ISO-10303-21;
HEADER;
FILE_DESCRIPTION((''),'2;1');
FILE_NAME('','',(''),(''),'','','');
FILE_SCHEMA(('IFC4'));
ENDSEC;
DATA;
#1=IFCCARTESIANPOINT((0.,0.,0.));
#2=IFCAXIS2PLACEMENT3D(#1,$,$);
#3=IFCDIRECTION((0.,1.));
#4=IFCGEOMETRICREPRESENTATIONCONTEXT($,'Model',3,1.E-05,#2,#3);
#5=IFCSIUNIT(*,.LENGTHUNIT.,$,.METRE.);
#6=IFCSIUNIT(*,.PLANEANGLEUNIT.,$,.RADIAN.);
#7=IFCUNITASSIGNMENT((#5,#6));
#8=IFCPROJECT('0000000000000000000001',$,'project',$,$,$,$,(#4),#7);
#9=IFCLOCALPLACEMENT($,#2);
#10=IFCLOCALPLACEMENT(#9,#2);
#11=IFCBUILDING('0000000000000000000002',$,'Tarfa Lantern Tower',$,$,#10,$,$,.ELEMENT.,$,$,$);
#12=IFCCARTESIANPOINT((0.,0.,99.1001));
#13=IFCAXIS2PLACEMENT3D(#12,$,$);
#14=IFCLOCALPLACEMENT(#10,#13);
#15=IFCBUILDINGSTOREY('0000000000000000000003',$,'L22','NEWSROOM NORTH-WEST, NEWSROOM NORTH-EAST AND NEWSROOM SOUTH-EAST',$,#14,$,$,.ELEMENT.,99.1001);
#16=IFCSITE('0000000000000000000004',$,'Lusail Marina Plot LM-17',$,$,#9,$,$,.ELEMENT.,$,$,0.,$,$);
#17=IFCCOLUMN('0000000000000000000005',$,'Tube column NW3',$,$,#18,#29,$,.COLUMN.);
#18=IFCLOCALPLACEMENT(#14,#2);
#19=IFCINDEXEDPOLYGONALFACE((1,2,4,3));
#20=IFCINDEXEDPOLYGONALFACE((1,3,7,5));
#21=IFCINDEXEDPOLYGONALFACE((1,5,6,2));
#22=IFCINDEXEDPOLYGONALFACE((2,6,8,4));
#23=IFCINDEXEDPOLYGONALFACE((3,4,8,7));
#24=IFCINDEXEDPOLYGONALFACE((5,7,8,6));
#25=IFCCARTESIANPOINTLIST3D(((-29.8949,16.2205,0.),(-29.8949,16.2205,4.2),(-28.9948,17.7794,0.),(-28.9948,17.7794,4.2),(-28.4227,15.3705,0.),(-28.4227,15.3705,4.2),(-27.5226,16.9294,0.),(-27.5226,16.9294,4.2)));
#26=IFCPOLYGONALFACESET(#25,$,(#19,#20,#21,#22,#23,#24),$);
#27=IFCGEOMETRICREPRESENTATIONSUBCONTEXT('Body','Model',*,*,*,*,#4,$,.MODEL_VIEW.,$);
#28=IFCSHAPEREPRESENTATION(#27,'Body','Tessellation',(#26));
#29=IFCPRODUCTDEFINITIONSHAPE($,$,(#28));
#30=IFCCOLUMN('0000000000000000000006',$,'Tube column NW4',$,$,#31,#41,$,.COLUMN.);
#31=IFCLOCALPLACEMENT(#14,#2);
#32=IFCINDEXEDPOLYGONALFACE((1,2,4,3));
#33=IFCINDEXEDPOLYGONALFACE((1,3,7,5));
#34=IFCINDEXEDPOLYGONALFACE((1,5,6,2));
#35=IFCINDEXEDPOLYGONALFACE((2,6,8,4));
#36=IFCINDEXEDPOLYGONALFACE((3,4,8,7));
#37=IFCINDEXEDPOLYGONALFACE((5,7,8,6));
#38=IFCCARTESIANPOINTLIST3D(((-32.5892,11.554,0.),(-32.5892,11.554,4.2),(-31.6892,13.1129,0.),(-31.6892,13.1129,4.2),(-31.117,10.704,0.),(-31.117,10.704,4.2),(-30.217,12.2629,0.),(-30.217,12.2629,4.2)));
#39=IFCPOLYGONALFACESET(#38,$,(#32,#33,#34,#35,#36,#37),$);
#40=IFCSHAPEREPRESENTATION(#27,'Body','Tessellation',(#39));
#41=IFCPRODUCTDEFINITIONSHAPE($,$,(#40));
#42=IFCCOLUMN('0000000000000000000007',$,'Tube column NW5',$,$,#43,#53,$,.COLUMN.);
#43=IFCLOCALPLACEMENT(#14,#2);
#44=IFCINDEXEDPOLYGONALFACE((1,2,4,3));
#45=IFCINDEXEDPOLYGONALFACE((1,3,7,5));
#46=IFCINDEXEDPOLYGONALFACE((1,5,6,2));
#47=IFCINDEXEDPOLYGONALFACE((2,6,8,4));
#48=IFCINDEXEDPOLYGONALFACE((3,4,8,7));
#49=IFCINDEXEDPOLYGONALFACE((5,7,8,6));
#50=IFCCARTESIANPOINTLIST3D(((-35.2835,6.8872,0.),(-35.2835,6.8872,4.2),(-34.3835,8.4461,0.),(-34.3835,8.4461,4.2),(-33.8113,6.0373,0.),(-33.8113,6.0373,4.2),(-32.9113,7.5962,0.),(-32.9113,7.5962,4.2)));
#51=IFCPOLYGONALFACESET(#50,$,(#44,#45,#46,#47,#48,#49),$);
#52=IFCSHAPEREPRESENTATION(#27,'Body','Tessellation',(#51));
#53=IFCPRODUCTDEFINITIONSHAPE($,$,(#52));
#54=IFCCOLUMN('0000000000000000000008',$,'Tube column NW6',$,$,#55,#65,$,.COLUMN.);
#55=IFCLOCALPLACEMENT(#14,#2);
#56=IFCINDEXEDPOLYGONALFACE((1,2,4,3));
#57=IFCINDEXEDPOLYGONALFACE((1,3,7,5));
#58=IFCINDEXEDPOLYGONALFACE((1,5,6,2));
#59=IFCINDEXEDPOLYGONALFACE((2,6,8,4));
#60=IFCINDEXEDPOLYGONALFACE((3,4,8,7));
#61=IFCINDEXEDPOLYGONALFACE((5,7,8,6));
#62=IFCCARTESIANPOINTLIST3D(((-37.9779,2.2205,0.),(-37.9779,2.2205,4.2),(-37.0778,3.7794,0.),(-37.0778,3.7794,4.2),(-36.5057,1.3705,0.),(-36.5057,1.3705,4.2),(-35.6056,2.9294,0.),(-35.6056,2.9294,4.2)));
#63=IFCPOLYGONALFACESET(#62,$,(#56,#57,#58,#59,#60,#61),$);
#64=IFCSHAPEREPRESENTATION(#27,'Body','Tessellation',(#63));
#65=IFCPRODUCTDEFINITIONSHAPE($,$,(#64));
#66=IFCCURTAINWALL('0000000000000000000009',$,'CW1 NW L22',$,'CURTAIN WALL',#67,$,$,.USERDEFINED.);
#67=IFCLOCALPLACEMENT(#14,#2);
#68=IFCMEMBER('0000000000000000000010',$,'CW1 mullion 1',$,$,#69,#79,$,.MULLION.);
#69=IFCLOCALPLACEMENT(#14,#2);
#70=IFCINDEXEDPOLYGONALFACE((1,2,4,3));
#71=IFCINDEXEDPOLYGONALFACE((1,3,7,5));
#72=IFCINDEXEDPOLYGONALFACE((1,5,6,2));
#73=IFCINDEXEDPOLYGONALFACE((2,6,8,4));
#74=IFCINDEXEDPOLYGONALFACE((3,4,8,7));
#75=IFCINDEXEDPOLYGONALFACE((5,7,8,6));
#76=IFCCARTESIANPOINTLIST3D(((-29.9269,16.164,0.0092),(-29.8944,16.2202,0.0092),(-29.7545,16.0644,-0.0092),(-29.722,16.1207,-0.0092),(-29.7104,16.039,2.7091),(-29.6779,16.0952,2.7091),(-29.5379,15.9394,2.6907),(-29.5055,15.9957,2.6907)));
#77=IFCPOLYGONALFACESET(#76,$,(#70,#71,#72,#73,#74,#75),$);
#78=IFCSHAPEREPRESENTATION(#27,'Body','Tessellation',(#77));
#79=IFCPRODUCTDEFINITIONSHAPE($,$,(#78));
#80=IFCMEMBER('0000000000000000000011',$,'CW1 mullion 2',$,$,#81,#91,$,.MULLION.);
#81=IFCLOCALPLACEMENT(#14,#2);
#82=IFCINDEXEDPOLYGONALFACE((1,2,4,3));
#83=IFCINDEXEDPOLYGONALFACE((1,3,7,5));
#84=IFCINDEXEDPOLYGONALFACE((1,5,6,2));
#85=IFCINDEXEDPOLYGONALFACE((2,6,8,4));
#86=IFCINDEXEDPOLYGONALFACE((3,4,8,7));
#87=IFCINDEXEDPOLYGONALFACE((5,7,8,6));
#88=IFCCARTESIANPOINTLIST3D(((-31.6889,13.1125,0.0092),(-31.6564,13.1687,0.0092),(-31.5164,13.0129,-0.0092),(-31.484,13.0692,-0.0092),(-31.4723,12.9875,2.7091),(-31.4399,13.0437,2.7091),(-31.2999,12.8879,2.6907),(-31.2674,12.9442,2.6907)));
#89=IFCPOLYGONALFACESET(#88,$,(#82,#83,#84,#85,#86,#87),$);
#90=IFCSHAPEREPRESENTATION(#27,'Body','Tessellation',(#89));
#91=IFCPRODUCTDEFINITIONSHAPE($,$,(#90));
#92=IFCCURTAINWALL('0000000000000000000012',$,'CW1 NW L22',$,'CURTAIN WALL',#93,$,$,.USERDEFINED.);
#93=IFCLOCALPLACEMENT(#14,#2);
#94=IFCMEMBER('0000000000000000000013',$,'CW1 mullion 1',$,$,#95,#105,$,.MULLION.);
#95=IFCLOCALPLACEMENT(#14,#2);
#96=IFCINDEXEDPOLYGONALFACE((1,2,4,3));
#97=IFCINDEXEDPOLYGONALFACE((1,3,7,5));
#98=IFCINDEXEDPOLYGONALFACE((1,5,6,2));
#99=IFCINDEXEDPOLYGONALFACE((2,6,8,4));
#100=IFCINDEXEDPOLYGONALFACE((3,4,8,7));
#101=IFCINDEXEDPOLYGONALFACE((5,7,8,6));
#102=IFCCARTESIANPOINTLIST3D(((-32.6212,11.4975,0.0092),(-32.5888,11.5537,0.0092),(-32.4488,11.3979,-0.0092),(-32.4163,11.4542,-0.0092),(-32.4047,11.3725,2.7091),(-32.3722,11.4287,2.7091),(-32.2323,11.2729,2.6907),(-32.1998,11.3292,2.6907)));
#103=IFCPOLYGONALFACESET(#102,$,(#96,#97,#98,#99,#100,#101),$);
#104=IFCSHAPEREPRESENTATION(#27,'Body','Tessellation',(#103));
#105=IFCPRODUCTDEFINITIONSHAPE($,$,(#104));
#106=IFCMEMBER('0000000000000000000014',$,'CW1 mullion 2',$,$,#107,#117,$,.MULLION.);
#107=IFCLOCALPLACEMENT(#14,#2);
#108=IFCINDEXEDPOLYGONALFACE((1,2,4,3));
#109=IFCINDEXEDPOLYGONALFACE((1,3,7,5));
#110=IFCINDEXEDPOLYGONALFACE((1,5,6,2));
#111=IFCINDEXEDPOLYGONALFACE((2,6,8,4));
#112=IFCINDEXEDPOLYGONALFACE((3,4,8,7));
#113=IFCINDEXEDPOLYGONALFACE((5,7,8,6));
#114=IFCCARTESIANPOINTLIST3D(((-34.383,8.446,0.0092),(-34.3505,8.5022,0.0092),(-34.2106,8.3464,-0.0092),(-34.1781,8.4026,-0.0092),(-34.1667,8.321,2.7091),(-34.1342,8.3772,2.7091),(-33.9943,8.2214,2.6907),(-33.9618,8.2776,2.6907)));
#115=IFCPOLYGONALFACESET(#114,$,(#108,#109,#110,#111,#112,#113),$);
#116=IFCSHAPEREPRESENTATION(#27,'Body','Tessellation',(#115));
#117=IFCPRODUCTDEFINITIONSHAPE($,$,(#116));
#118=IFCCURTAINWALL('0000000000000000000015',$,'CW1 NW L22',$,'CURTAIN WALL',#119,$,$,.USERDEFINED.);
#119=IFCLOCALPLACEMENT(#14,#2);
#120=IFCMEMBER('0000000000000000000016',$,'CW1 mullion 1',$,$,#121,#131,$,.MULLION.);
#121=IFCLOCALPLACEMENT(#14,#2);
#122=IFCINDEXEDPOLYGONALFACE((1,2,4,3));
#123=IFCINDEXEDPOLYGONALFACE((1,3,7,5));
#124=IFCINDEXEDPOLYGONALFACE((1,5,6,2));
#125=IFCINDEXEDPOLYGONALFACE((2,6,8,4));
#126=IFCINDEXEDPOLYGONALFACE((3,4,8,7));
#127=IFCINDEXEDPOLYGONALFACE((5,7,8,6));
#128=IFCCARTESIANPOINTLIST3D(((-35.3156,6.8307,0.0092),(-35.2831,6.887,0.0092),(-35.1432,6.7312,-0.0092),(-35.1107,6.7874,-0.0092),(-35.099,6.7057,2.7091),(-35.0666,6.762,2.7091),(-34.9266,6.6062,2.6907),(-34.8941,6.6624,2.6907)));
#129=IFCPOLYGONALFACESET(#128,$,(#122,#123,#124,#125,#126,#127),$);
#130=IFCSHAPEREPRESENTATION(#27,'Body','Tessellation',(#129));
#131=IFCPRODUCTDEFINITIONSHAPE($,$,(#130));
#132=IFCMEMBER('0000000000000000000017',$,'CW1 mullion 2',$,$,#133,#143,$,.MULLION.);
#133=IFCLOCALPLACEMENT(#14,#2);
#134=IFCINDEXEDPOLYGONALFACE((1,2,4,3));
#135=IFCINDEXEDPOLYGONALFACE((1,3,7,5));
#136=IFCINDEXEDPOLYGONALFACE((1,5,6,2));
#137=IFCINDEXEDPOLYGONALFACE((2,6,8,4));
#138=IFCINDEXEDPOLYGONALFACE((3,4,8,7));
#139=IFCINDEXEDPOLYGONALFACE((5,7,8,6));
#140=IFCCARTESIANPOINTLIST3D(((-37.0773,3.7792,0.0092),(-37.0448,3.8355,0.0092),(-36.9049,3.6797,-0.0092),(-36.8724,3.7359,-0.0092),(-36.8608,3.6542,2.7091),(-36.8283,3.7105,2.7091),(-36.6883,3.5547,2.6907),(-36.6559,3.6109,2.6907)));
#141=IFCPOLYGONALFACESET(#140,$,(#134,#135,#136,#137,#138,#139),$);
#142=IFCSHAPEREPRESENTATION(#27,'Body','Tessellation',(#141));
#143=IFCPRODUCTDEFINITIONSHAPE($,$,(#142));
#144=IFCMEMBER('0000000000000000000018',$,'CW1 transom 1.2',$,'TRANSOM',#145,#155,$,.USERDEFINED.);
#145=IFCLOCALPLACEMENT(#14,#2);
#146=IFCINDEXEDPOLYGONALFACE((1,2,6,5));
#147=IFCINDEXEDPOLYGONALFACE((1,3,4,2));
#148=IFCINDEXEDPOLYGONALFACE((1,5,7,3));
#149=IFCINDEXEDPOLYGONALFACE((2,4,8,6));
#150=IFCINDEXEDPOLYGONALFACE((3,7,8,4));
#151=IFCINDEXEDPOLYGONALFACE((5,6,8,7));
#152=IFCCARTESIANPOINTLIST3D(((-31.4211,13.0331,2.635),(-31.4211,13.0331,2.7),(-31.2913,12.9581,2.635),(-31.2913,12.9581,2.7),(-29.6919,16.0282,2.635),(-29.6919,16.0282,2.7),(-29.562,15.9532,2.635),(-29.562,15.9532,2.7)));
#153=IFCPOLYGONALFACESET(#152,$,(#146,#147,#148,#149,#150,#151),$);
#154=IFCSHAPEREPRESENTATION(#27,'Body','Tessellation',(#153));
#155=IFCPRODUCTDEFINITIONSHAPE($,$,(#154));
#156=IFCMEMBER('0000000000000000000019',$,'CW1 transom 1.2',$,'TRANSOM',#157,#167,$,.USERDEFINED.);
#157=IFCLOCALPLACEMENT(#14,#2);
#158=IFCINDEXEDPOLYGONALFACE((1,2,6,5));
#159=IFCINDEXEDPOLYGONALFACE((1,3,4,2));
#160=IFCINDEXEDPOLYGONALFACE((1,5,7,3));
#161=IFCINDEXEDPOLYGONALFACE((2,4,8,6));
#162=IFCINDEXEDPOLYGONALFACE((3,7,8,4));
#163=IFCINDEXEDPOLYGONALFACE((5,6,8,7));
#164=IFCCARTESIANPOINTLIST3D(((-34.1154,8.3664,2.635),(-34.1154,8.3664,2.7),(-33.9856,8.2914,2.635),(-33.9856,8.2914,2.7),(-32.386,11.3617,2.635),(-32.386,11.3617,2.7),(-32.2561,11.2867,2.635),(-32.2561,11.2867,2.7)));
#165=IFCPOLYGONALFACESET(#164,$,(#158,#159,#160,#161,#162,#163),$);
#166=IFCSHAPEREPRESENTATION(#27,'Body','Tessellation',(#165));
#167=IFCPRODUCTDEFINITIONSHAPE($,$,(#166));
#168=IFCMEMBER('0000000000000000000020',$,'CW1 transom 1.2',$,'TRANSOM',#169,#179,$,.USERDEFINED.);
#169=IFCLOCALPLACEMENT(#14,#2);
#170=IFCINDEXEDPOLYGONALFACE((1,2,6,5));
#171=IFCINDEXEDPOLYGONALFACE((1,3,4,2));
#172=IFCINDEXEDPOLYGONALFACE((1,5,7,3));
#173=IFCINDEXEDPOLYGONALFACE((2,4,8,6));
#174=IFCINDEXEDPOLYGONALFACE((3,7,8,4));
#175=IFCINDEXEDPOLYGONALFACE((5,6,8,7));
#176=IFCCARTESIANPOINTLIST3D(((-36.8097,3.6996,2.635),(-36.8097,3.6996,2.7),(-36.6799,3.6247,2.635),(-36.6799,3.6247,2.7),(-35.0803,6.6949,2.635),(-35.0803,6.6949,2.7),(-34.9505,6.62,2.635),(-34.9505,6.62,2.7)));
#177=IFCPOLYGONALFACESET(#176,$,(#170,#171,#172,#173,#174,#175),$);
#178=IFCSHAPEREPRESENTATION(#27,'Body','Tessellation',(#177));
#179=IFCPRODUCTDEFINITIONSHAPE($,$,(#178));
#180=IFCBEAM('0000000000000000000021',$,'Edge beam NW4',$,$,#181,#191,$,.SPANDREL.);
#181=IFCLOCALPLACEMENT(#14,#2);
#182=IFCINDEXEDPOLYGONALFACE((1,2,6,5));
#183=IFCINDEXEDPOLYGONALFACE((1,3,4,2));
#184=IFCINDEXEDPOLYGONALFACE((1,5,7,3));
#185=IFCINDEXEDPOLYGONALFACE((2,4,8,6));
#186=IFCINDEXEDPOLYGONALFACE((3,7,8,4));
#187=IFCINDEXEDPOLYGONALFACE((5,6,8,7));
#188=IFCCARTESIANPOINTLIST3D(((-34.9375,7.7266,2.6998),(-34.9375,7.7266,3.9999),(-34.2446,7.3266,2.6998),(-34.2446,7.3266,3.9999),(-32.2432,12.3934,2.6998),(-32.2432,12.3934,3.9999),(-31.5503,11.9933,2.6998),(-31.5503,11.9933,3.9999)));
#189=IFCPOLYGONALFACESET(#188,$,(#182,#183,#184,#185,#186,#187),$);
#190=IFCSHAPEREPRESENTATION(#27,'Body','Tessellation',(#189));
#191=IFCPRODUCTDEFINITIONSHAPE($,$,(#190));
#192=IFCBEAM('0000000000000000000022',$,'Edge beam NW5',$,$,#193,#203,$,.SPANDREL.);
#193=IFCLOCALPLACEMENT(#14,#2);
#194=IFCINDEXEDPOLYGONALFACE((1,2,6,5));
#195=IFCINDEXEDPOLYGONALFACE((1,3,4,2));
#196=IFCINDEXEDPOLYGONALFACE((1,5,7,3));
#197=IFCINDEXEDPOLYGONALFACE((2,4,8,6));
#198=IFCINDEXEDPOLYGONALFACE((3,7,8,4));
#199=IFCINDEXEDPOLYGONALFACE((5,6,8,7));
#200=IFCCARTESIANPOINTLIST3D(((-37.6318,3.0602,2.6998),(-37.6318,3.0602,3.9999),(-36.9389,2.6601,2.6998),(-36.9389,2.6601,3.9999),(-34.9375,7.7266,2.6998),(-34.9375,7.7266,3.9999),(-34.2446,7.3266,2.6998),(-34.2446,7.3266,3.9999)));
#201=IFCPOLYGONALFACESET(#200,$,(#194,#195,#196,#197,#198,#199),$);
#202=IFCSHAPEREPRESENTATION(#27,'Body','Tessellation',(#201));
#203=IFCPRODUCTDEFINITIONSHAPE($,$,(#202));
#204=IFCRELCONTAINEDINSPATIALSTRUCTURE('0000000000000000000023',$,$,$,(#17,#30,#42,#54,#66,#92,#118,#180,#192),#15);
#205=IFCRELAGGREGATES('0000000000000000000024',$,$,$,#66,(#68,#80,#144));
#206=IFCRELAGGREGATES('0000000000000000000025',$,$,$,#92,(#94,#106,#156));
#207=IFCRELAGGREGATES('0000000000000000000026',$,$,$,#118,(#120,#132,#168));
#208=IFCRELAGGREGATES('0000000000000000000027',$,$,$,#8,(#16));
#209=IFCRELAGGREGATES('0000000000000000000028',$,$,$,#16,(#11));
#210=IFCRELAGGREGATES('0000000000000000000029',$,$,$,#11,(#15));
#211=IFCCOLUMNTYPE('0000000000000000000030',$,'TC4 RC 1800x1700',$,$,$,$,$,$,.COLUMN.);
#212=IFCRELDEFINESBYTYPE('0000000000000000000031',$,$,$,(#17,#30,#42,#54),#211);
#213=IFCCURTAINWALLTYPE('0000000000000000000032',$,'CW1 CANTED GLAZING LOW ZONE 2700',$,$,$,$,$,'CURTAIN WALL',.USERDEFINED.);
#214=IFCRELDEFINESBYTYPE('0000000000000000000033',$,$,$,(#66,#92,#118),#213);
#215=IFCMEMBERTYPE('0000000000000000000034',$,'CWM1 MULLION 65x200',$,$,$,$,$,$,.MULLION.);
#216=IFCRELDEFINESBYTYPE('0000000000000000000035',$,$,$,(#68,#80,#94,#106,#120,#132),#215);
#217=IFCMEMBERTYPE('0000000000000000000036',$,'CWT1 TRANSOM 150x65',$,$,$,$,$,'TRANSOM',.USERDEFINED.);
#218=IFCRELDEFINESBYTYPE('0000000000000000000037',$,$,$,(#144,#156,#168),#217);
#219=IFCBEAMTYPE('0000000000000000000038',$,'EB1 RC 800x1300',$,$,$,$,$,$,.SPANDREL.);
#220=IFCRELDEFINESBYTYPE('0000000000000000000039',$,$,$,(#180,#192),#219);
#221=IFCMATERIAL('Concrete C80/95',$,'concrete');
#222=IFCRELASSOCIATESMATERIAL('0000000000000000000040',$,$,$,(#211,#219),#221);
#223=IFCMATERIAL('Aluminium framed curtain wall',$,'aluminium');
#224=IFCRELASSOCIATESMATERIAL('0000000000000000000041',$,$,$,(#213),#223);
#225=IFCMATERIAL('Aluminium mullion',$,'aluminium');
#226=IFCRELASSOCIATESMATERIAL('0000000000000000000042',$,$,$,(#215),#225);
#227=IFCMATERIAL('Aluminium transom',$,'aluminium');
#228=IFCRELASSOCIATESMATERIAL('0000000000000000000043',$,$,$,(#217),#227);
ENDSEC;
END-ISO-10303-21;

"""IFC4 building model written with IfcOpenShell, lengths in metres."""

from ifc_helpers import new_model, si_unit, direction, frame, origin, origin_2d, place, context, subcontext, project, spatial, rectangle, extrude, material, material_profile, profile_set, type_object, element, aggregate, save


model = new_model("IFC4")

# Units and contexts
model_context = context("Model", 3, precision=1e-05, world=origin(), true_north=direction((0.0, 1.0)))
body_context = subcontext(model_context, "Body", "Model", "MODEL_VIEW")
ifc_project = project(units=[si_unit("LENGTHUNIT", "METRE"), si_unit("PLANEANGLEUNIT", "RADIAN")], contexts=[model_context])

# Site, building, storey
site_placement = place(None, origin())
site = spatial("IfcSite", under=ifc_project, at=site_placement, Name="Lusail Marina Plot LM-17", CompositionType="ELEMENT", RefElevation=0.0)
building_placement = place(site_placement, origin())
building = spatial("IfcBuilding", under=site, at=building_placement, Name="Tarfa Lantern Tower", CompositionType="ELEMENT")
storey_placement = place(building_placement, frame((0.0, 0.0, 99.1001)))
storey = spatial("IfcBuildingStorey", under=building, at=storey_placement, Name="L22", Description="NEWSROOM NORTH-WEST, NEWSROOM NORTH-EAST AND NEWSROOM SOUTH-EAST", CompositionType="ELEMENT", Elevation=99.1001)

# Columns
ifc_material_1 = material(Name="Concrete C80/95", Category="concrete")
ifc_material_profile_1 = material_profile(ifc_material_1, rectangle(XDim=1.8, YDim=1.7, at=origin_2d()), Name="RC 1800x1700")
ifc_profile_set_1 = profile_set([ifc_material_profile_1], Name="Concrete C80/95")
column_type = type_object("IfcColumnType", Name="TC4 RC 1800x1700", PredefinedType="COLUMN", material=ifc_profile_set_1)
for number, where, z_axis, x_axis, name in (
    (1, (-28.7087, 16.575, 0.0), (0.0, 0.0, 1.0), (-0.5, -0.866025, 0.0), "Tube column NW3"),
    (2, (-31.4031, 11.9084, 0.0), (0.0, 0.0, 1.0), (-0.5, -0.866025, 0.0), "Tube column NW4"),
    (3, (-34.0974, 7.2417, 0.0), (0.0, 0.0, 1.0), (-0.5, -0.866025, 0.0), "Tube column NW5"),
    (4, (-36.7917, 2.575, 0.0), (0.0, 0.0, 1.0), (-0.5, -0.866025, 0.0), "Tube column NW6"),
):
    element("IfcColumn", number, at=place(storey_placement, frame(where, z_axis=z_axis, x_axis=x_axis)), inside=storey, type_object=column_type, Name=name, PredefinedType="COLUMN", context=body_context, shape_type="SweptSolid", body=[
        extrude(rectangle(XDim=1.8, YDim=1.7, at=origin_2d()), origin(), (0.0, 0.0, 1.0), 4.2),
    ])

# Curtain walls, members
ifc_material_2 = material(Name="Aluminium framed curtain wall", Category="aluminium")
curtain_wall_type = type_object("IfcCurtainWallType", Name="CW1 CANTED GLAZING LOW ZONE 2700", ElementType="CURTAIN WALL", PredefinedType="USERDEFINED", material=ifc_material_2)
curtain_wall_1_placement = place(storey_placement, origin())
curtain_wall_1 = element("IfcCurtainWall", 5, at=curtain_wall_1_placement, inside=storey, type_object=curtain_wall_type, Name="CW1 NW L22", ObjectType="CURTAIN WALL", PredefinedType="USERDEFINED")
ifc_material_3 = material(Name="Aluminium mullion", Category="aluminium")
ifc_material_profile_2 = material_profile(ifc_material_3, rectangle(XDim=0.0649, YDim=0.2, at=origin_2d()), Name="AL MULLION 65x200")
ifc_profile_set_2 = profile_set([ifc_material_profile_2], Name="Aluminium mullion")
member_type_1 = type_object("IfcMemberType", Name="CWM1 MULLION 65x200", PredefinedType="MULLION", material=ifc_profile_set_2)
member_1_placement = place(storey_placement, frame((-29.8245, 16.1423, 0.0), z_axis=(0.079864, -0.0461, 0.995739), x_axis=(0.49992, 0.866072, 0.0)))
member_1 = element("IfcMember", 6, at=member_1_placement, type_object=member_type_1, Name="CW1 mullion 1", PredefinedType="MULLION", context=body_context, shape_type="SweptSolid", body=[
    extrude(rectangle(XDim=0.0649, YDim=0.2, at=origin_2d()), origin(), (0.0, 0.0, 1.0), 2.7114),
])
member_2_placement = place(storey_placement, frame((-31.5864, 13.0908, 0.0), z_axis=(0.079864, -0.0461, 0.995739), x_axis=(0.49992, 0.866072, 0.0)))
member_2 = element("IfcMember", 7, at=member_2_placement, type_object=member_type_1, Name="CW1 mullion 2", PredefinedType="MULLION", context=body_context, shape_type="SweptSolid", body=[
    extrude(rectangle(XDim=0.0649, YDim=0.2, at=origin_2d()), origin(), (0.0, 0.0, 1.0), 2.7114),
])
curtain_wall_2_placement = place(storey_placement, origin())
curtain_wall_2 = element("IfcCurtainWall", 8, at=curtain_wall_2_placement, inside=storey, type_object=curtain_wall_type, Name="CW1 NW L22", ObjectType="CURTAIN WALL", PredefinedType="USERDEFINED")
member_3_placement = place(storey_placement, frame((-32.5188, 11.4758, 0.0), z_axis=(0.079864, -0.0461, 0.995739), x_axis=(0.49992, 0.866072, 0.0)))
member_3 = element("IfcMember", 9, at=member_3_placement, type_object=member_type_1, Name="CW1 mullion 1", PredefinedType="MULLION", context=body_context, shape_type="SweptSolid", body=[
    extrude(rectangle(XDim=0.0649, YDim=0.2, at=origin_2d()), origin(), (0.0, 0.0, 1.0), 2.7114),
])
member_4_placement = place(storey_placement, frame((-34.2805, 8.4243, 0.0), z_axis=(0.079775, -0.0461, 0.995746), x_axis=(0.500343, 0.865827, 0.0)))
member_4 = element("IfcMember", 10, at=member_4_placement, type_object=member_type_1, Name="CW1 mullion 2", PredefinedType="MULLION", context=body_context, shape_type="SweptSolid", body=[
    extrude(rectangle(XDim=0.0649, YDim=0.2, at=origin_2d()), origin(), (0.0, 0.0, 1.0), 2.7114),
])
curtain_wall_3_placement = place(storey_placement, origin())
curtain_wall_3 = element("IfcCurtainWall", 11, at=curtain_wall_3_placement, inside=storey, type_object=curtain_wall_type, Name="CW1 NW L22", ObjectType="CURTAIN WALL", PredefinedType="USERDEFINED")
member_5_placement = place(storey_placement, frame((-35.2131, 6.8091, 0.0), z_axis=(0.079864, -0.0461, 0.995739), x_axis=(0.49992, 0.866072, 0.0)))
member_5 = element("IfcMember", 12, at=member_5_placement, type_object=member_type_1, Name="CW1 mullion 1", PredefinedType="MULLION", context=body_context, shape_type="SweptSolid", body=[
    extrude(rectangle(XDim=0.0649, YDim=0.2, at=origin_2d()), origin(), (0.0, 0.0, 1.0), 2.7114),
])
member_6_placement = place(storey_placement, frame((-36.9749, 3.7576, 0.0), z_axis=(0.079864, -0.0461, 0.995739), x_axis=(0.49992, 0.866072, 0.0)))
member_6 = element("IfcMember", 13, at=member_6_placement, type_object=member_type_1, Name="CW1 mullion 2", PredefinedType="MULLION", context=body_context, shape_type="SweptSolid", body=[
    extrude(rectangle(XDim=0.0649, YDim=0.2, at=origin_2d()), origin(), (0.0, 0.0, 1.0), 2.7114),
])

# Members
ifc_material_4 = material(Name="Aluminium transom", Category="aluminium")
ifc_material_profile_3 = material_profile(ifc_material_4, rectangle(XDim=0.1499, YDim=0.0649, at=origin_2d()), Name="AL TRANSOM 150x65")
ifc_profile_set_3 = profile_set([ifc_material_profile_3], Name="Aluminium transom")
member_type_2 = type_object("IfcMemberType", Name="CWT1 TRANSOM 150x65", ElementType="TRANSOM", PredefinedType="USERDEFINED", material=ifc_profile_set_3)
member_7_placement = place(storey_placement, frame((-29.627, 15.9907, 2.6675), z_axis=(-0.500004, -0.866023, 0.0), x_axis=(0.866023, -0.500004, 0.0)))
member_7 = element("IfcMember", 14, at=member_7_placement, type_object=member_type_2, Name="CW1 transom 1.2", ObjectType="TRANSOM", PredefinedType="USERDEFINED", context=body_context, shape_type="SweptSolid", body=[
    extrude(rectangle(XDim=0.1499, YDim=0.0649, at=origin_2d()), origin(), (0.0, 0.0, 1.0), 3.4585),
])
member_8_placement = place(storey_placement, frame((-32.321, 11.3242, 2.6675), z_axis=(-0.500026, -0.86601, 0.0), x_axis=(0.86601, -0.500026, 0.0)))
member_8 = element("IfcMember", 15, at=member_8_placement, type_object=member_type_2, Name="CW1 transom 1.2", ObjectType="TRANSOM", PredefinedType="USERDEFINED", context=body_context, shape_type="SweptSolid", body=[
    extrude(rectangle(XDim=0.1499, YDim=0.0649, at=origin_2d()), origin(), (0.0, 0.0, 1.0), 3.4587),
])
member_9_placement = place(storey_placement, frame((-35.0154, 6.6575, 2.6675), z_axis=(-0.500026, -0.86601, 0.0), x_axis=(0.86601, -0.500026, 0.0)))
member_9 = element("IfcMember", 16, at=member_9_placement, type_object=member_type_2, Name="CW1 transom 1.2", ObjectType="TRANSOM", PredefinedType="USERDEFINED", context=body_context, shape_type="SweptSolid", body=[
    extrude(rectangle(XDim=0.1499, YDim=0.0649, at=origin_2d()), origin(), (0.0, 0.0, 1.0), 3.4587),
])

# Beams
ifc_material_profile_4 = material_profile(ifc_material_1, rectangle(XDim=0.8, YDim=1.3, at=origin_2d()), Name="RC 800x1300")
ifc_profile_set_4 = profile_set([ifc_material_profile_4], Name="Concrete C80/95")
beam_type_1 = type_object("IfcBeamType", Name="EB1 RC 800x1300", PredefinedType="SPANDREL", material=ifc_profile_set_4)
beam_1_placement = place(storey_placement, frame((-31.8967, 12.1934, 3.3499), z_axis=(-0.499998, -0.866026, 0.0), x_axis=(0.866026, -0.499998, 0.0)))
element("IfcBeam", 17, at=beam_1_placement, inside=storey, type_object=beam_type_1, Name="Edge beam NW4", PredefinedType="SPANDREL", context=body_context, shape_type="SweptSolid", body=[
    extrude(rectangle(XDim=0.8, YDim=1.3, at=origin_2d()), origin(), (0.0, 0.0, 1.0), 5.3887),
])
beam_2_placement = place(storey_placement, frame((-34.5911, 7.5266, 3.3499), z_axis=(-0.500018, -0.866015, 0.0), x_axis=(0.866015, -0.500018, 0.0)))
element("IfcBeam", 18, at=beam_2_placement, inside=storey, type_object=beam_type_1, Name="Edge beam NW5", PredefinedType="SPANDREL", context=body_context, shape_type="SweptSolid", body=[
    extrude(rectangle(XDim=0.8, YDim=1.3, at=origin_2d()), origin(), (0.0, 0.0, 1.0), 5.3884),
])

aggregate(curtain_wall_1, [member_1, member_2, member_7])
aggregate(curtain_wall_2, [member_3, member_4, member_8])
aggregate(curtain_wall_3, [member_5, member_6, member_9])

save(model, "model.ifc")
